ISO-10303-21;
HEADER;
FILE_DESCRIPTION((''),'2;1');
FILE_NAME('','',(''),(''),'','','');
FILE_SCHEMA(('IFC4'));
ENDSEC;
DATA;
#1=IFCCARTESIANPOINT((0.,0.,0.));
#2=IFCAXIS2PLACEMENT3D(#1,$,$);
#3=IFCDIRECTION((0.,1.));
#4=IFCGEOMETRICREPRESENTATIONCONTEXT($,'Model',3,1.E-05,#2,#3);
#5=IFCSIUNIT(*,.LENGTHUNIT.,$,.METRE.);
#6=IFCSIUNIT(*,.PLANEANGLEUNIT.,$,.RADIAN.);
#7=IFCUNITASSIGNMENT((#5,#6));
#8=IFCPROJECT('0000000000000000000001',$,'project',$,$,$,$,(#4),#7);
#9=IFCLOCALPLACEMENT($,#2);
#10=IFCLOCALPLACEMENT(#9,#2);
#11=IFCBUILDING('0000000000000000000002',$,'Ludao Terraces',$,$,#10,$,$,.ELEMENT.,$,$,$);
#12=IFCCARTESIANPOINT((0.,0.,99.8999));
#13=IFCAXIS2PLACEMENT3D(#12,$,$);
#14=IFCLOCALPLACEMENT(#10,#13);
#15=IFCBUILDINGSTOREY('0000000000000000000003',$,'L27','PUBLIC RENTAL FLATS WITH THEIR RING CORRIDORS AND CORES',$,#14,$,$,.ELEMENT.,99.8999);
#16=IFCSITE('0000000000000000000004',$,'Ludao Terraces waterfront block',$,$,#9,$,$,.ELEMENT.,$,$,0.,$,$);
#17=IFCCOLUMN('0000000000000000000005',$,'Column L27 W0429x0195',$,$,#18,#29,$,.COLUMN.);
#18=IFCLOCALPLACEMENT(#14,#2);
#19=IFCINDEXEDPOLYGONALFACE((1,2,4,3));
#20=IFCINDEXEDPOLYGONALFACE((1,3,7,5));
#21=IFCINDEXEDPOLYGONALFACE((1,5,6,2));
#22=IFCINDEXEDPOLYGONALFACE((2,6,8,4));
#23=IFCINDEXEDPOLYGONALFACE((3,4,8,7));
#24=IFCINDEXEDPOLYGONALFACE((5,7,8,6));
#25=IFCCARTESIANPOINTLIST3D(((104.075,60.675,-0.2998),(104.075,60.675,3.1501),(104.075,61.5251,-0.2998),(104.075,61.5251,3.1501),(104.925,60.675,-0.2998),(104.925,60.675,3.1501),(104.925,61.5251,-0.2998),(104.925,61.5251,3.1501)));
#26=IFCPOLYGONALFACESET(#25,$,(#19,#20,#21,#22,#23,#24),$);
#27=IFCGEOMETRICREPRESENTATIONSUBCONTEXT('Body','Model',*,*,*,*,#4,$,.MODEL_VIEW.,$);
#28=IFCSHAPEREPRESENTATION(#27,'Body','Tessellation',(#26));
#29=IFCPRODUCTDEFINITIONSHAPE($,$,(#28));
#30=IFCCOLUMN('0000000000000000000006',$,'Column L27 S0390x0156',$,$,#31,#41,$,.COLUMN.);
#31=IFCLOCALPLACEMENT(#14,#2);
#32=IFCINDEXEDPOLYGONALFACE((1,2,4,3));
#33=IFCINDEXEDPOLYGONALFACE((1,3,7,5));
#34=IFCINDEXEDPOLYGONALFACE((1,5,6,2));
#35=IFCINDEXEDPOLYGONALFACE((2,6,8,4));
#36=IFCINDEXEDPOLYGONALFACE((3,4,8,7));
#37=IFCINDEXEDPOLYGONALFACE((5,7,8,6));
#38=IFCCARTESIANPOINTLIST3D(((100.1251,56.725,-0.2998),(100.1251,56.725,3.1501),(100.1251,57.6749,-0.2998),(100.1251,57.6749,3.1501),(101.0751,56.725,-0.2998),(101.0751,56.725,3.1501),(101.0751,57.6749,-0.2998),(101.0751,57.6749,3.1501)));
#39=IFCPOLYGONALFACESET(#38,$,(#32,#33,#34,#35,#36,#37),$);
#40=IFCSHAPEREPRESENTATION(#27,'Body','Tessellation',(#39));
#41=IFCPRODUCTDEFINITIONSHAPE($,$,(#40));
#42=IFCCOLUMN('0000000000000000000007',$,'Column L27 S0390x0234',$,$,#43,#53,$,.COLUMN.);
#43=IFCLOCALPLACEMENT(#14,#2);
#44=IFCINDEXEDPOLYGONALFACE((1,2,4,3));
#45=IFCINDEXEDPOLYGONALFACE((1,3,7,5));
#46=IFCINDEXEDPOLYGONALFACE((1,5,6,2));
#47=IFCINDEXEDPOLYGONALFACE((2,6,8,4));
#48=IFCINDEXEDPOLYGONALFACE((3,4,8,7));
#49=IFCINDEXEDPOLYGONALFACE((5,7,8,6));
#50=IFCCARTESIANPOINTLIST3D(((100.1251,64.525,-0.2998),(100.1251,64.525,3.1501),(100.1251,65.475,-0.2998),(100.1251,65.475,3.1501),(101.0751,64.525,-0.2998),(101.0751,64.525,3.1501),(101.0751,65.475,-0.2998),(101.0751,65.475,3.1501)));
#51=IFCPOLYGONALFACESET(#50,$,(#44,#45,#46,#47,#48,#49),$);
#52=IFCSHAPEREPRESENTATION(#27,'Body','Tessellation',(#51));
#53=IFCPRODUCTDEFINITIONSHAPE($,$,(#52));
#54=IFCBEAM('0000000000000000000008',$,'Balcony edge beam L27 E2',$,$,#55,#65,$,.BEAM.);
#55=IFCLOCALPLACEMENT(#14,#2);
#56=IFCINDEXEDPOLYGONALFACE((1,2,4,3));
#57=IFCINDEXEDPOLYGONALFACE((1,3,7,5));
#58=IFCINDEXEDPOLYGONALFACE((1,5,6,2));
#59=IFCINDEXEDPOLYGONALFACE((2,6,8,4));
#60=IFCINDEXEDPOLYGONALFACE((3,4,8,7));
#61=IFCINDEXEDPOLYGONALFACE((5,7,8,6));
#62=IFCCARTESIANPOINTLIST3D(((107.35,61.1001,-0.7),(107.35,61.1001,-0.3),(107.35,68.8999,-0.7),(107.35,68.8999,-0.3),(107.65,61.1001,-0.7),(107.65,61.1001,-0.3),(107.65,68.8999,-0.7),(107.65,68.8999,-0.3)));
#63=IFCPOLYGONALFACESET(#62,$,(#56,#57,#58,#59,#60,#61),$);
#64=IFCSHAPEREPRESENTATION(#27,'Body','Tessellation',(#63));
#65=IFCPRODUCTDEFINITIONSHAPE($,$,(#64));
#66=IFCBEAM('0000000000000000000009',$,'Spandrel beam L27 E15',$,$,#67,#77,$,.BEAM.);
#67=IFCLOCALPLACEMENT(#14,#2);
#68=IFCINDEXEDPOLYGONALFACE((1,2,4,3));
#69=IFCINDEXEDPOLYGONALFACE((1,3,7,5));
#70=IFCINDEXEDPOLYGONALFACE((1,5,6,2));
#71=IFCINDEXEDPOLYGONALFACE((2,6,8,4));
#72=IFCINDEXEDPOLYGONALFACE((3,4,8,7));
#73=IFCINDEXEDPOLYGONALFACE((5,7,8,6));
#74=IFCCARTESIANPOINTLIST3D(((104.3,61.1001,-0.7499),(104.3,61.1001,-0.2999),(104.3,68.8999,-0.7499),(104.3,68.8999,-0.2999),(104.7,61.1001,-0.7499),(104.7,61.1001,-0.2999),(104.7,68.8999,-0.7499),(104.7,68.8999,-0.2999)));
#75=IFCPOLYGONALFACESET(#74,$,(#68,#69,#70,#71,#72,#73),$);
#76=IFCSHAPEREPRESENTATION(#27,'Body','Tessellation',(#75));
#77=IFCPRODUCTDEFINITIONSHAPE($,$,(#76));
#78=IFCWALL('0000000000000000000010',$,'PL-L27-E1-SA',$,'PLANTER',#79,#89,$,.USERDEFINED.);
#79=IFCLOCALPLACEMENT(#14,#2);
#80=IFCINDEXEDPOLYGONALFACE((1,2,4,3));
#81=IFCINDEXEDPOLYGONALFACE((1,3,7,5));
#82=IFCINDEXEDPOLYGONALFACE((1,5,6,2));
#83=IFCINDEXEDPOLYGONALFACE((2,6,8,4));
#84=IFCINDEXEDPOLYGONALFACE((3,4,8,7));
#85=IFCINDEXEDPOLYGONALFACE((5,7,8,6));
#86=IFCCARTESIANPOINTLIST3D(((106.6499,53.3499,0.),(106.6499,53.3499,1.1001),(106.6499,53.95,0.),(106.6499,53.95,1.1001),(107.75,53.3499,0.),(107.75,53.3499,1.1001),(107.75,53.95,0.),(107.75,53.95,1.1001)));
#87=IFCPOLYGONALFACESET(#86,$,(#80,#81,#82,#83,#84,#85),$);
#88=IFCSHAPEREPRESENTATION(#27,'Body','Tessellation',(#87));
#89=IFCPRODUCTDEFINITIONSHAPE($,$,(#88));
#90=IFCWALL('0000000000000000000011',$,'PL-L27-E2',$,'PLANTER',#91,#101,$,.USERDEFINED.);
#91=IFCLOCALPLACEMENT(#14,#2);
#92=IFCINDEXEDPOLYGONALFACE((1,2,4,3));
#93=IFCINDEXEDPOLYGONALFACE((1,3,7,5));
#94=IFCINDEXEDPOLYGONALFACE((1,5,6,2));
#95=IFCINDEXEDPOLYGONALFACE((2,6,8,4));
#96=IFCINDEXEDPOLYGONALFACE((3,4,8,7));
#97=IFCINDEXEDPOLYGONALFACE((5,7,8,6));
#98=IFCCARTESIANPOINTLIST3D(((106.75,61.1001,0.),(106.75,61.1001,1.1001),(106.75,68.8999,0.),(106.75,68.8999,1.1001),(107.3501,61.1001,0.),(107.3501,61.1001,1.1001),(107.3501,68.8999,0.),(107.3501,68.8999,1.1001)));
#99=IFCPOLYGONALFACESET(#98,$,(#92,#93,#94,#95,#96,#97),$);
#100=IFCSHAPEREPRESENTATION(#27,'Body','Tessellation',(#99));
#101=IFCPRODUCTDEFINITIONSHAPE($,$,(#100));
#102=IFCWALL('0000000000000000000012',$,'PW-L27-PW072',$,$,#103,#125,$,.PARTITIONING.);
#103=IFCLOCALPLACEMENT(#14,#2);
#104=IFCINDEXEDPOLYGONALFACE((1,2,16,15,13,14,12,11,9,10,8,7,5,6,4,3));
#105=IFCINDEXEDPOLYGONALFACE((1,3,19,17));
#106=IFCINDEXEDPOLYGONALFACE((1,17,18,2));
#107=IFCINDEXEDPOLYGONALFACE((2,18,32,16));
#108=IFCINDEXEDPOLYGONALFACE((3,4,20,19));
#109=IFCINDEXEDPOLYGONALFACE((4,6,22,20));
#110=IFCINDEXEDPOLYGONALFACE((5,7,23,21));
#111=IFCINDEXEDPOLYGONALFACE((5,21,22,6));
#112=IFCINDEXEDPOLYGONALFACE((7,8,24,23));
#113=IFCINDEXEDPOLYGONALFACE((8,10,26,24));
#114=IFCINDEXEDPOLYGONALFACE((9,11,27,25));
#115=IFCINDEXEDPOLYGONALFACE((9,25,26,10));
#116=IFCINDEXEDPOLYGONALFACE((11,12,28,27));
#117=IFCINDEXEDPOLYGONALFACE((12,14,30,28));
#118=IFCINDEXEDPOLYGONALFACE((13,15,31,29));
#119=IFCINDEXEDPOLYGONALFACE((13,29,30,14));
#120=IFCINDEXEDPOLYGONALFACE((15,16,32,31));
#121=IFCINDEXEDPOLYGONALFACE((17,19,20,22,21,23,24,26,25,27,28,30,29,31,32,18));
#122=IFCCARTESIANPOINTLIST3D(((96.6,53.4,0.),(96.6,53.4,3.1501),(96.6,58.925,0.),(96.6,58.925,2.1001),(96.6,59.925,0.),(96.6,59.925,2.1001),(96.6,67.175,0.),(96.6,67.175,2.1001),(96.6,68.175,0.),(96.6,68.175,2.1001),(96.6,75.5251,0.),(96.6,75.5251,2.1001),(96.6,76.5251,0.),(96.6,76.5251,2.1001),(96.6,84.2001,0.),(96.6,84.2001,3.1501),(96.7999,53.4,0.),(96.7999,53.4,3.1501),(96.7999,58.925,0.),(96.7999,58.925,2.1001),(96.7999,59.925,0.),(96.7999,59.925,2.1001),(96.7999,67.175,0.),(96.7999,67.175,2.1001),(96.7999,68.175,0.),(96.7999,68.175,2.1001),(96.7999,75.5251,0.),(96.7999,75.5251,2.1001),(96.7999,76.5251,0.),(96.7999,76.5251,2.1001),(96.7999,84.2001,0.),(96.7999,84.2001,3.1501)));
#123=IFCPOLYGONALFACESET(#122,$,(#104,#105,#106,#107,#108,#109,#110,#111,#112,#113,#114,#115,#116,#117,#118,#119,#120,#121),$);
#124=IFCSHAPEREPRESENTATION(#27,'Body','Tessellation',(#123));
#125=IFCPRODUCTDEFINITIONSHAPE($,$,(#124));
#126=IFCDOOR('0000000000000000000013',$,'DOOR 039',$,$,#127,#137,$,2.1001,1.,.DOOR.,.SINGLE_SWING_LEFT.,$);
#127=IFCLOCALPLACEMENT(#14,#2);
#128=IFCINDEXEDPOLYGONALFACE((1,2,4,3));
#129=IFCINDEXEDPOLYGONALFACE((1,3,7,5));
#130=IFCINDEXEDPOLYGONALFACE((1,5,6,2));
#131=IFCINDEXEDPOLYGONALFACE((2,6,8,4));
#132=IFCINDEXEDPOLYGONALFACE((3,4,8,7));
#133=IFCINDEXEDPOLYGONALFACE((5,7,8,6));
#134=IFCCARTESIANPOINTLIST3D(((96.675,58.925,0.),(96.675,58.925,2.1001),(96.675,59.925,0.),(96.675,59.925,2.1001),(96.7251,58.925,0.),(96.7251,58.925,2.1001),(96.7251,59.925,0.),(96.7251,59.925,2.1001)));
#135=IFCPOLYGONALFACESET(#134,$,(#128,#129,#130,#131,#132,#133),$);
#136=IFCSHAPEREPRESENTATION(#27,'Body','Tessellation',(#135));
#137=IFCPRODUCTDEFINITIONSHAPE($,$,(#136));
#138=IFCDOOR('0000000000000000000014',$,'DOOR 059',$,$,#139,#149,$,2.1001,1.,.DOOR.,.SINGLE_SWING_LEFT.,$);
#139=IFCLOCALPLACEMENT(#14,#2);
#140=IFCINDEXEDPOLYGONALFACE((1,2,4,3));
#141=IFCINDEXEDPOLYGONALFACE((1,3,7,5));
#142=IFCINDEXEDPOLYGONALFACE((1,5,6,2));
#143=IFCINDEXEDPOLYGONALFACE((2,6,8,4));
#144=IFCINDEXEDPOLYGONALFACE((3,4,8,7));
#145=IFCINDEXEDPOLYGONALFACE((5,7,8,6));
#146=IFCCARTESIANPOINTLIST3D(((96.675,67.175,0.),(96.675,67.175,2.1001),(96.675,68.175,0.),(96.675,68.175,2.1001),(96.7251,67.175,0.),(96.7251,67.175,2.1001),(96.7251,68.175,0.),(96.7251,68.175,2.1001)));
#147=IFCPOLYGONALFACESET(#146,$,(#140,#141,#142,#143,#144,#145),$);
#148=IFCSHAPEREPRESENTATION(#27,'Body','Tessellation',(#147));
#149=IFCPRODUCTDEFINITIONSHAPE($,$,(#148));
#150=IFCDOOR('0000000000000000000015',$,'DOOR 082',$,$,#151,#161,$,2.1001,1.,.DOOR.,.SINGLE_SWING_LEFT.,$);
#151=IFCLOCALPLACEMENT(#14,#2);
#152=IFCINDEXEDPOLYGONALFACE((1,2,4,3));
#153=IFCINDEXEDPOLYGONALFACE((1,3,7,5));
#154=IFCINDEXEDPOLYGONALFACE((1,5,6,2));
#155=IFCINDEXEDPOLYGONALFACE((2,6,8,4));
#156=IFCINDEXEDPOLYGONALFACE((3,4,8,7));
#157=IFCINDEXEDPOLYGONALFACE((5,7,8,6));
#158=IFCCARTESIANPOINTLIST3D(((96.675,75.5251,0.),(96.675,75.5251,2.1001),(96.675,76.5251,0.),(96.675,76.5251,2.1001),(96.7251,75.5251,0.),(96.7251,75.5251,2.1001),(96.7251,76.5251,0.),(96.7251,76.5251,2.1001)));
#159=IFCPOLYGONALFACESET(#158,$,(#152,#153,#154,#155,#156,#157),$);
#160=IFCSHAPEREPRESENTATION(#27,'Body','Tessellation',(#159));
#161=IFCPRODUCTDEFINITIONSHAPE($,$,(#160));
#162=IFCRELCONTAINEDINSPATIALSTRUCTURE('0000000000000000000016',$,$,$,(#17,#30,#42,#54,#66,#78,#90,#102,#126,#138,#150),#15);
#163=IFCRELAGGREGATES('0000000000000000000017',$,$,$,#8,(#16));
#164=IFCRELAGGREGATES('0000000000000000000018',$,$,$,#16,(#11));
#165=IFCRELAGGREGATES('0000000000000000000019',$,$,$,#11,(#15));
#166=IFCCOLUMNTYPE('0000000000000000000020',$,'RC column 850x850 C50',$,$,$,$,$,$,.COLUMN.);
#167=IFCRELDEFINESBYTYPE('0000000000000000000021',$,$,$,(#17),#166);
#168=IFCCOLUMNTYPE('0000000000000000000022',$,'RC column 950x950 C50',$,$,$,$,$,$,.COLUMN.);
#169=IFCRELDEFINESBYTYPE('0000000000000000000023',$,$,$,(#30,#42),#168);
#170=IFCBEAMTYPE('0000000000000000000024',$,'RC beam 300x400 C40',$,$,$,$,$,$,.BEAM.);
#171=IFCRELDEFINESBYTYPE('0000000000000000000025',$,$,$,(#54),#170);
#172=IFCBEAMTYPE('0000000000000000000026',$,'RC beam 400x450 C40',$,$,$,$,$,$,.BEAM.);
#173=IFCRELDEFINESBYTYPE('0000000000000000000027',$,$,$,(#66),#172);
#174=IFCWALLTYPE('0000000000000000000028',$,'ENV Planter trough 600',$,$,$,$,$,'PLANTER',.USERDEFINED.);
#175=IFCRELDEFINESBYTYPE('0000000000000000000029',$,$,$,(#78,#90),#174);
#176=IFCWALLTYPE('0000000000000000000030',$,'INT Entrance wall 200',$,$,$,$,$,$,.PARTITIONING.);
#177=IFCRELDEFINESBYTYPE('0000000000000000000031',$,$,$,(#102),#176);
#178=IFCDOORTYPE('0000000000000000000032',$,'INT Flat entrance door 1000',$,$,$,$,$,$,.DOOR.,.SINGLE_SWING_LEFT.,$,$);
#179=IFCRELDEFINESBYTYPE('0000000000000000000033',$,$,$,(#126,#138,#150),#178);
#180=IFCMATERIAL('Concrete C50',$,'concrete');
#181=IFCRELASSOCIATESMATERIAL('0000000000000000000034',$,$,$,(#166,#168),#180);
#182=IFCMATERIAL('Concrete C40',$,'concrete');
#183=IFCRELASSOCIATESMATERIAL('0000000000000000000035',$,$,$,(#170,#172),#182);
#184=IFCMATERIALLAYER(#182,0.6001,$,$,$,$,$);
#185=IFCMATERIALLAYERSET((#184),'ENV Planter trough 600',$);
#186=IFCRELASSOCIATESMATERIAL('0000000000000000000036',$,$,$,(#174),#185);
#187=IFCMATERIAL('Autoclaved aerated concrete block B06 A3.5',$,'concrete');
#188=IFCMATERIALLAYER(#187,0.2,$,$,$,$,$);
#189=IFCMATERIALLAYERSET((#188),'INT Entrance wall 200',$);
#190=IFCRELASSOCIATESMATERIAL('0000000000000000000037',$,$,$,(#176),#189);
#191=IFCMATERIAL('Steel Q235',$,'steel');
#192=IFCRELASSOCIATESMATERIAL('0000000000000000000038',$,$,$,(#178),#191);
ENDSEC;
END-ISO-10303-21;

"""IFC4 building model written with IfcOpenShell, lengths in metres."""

from ifc_helpers import new_model, si_unit, direction, frame, frame_2d, origin, origin_2d, place, context, subcontext, project, spatial, rectangle, extrude, material, layer, layer_set, material_profile, profile_set, type_object, element, fill, save


model = new_model("IFC4")

# Units and contexts
model_context = context("Model", 3, precision=1e-05, world=origin(), true_north=direction((0.0, 1.0)))
body_context = subcontext(model_context, "Body", "Model", "MODEL_VIEW")
ifc_project = project(units=[si_unit("LENGTHUNIT", "METRE"), si_unit("PLANEANGLEUNIT", "RADIAN")], contexts=[model_context])

# Site, building, storey
site_placement = place(None, origin())
site = spatial("IfcSite", under=ifc_project, at=site_placement, Name="Ludao Terraces waterfront block", CompositionType="ELEMENT", RefElevation=0.0)
building_placement = place(site_placement, origin())
building = spatial("IfcBuilding", under=site, at=building_placement, Name="Ludao Terraces", CompositionType="ELEMENT")
storey_placement = place(building_placement, frame((0.0, 0.0, 99.8999)))
storey = spatial("IfcBuildingStorey", under=building, at=storey_placement, Name="L27", Description="PUBLIC RENTAL FLATS WITH THEIR RING CORRIDORS AND CORES", CompositionType="ELEMENT", Elevation=99.8999)

# Columns
ifc_material_1 = material(Name="Concrete C50", Category="concrete")
ifc_material_profile_1 = material_profile(ifc_material_1, rectangle(XDim=0.8501, YDim=0.8501, at=origin_2d()), Name="850 X 850")
ifc_profile_set_1 = profile_set([ifc_material_profile_1], Name="Concrete C50")
column_type_1 = type_object("IfcColumnType", Name="RC column 850x850 C50", PredefinedType="COLUMN", material=ifc_profile_set_1)
column_placement = place(storey_placement, frame((104.5, 61.1001, -0.2998), z_axis=(0.0, 0.0, 1.0), x_axis=(1.0, 0.0, 0.0)))
element("IfcColumn", 1, at=column_placement, inside=storey, type_object=column_type_1, Name="Column L27 W0429x0195", PredefinedType="COLUMN", context=body_context, shape_type="SweptSolid", body=[
    extrude(rectangle(XDim=0.8501, YDim=0.8501, at=origin_2d()), origin(), (0.0, 0.0, 1.0), 3.45),
])
ifc_material_profile_2 = material_profile(ifc_material_1, rectangle(XDim=0.95, YDim=0.95, at=origin_2d()), Name="950 X 950")
ifc_profile_set_2 = profile_set([ifc_material_profile_2], Name="Concrete C50")
column_type_2 = type_object("IfcColumnType", Name="RC column 950x950 C50", PredefinedType="COLUMN", material=ifc_profile_set_2)
for number, where, z_axis, x_axis, name in (
    (2, (100.6001, 57.2, -0.2998), (0.0, 0.0, 1.0), (1.0, 0.0, 0.0), "Column L27 S0390x0156"),
    (3, (100.6001, 65.0, -0.2998), (0.0, 0.0, 1.0), (1.0, 0.0, 0.0), "Column L27 S0390x0234"),
):
    element("IfcColumn", number, at=place(storey_placement, frame(where, z_axis=z_axis, x_axis=x_axis)), inside=storey, type_object=column_type_2, Name=name, PredefinedType="COLUMN", context=body_context, shape_type="SweptSolid", body=[
        extrude(rectangle(XDim=0.95, YDim=0.95, at=origin_2d()), origin(), (0.0, 0.0, 1.0), 3.45),
    ])

# Beams
ifc_material_2 = material(Name="Concrete C40", Category="concrete")
ifc_material_profile_3 = material_profile(ifc_material_2, rectangle(XDim=0.3, YDim=0.3999, at=origin_2d()), Name="300 X 400")
ifc_profile_set_3 = profile_set([ifc_material_profile_3], Name="Concrete C40")
beam_type_1 = type_object("IfcBeamType", Name="RC beam 300x400 C40", PredefinedType="BEAM", material=ifc_profile_set_3)
beam_1_placement = place(storey_placement, frame((107.5, 61.1001, -0.5), z_axis=(0.0, 1.0, 0.0), x_axis=(-1.0, 0.0, 0.0)))
element("IfcBeam", 4, at=beam_1_placement, inside=storey, type_object=beam_type_1, Name="Balcony edge beam L27 E2", PredefinedType="BEAM", context=body_context, shape_type="SweptSolid", body=[
    extrude(rectangle(XDim=0.3, YDim=0.3999, at=origin_2d()), origin(), (0.0, 0.0, 1.0), 7.7998),
])
ifc_material_profile_4 = material_profile(ifc_material_2, rectangle(XDim=0.3999, YDim=0.45, at=origin_2d()), Name="400 X 450")
ifc_profile_set_4 = profile_set([ifc_material_profile_4], Name="Concrete C40")
beam_type_2 = type_object("IfcBeamType", Name="RC beam 400x450 C40", PredefinedType="BEAM", material=ifc_profile_set_4)
beam_2_placement = place(storey_placement, frame((104.5, 61.1001, -0.5249), z_axis=(0.0, 1.0, 0.0), x_axis=(-1.0, 0.0, 0.0)))
element("IfcBeam", 5, at=beam_2_placement, inside=storey, type_object=beam_type_2, Name="Spandrel beam L27 E15", PredefinedType="BEAM", context=body_context, shape_type="SweptSolid", body=[
    extrude(rectangle(XDim=0.3999, YDim=0.45, at=origin_2d()), origin(), (0.0, 0.0, 1.0), 7.7998),
])

# Walls
ifc_layer_1 = layer(ifc_material_2, 0.6001)
ifc_layer_set_1 = layer_set([ifc_layer_1], Name="ENV Planter trough 600")
wall_type_1 = type_object("IfcWallType", Name="ENV Planter trough 600", ElementType="PLANTER", PredefinedType="USERDEFINED", material=ifc_layer_set_1)
wall_1_placement = place(storey_placement, frame((107.75, 53.6499, 0.0), z_axis=(0.0, 0.0, 1.0), x_axis=(-1.0, 0.0, 0.0)))
element("IfcWall", 6, at=wall_1_placement, inside=storey, type_object=wall_type_1, Name="PL-L27-E1-SA", ObjectType="PLANTER", PredefinedType="USERDEFINED", context=body_context, shape_type="SweptSolid", body=[
    extrude(rectangle(XDim=1.1001, YDim=0.6001, at=frame_2d((0.55, 0.0))), origin(), (0.0, 0.0, 1.0), 1.1001),
])
wall_2_placement = place(storey_placement, frame((107.05, 61.1001, 0.0), z_axis=(0.0, 0.0, 1.0), x_axis=(0.0, 1.0, 0.0)))
element("IfcWall", 7, at=wall_2_placement, inside=storey, type_object=wall_type_1, Name="PL-L27-E2", ObjectType="PLANTER", PredefinedType="USERDEFINED", context=body_context, shape_type="SweptSolid", body=[
    extrude(rectangle(XDim=7.7998, YDim=0.6001, at=frame_2d((3.8999, 0.0))), origin(), (0.0, 0.0, 1.0), 1.1001),
])

# Wall, openings, doors
ifc_material_3 = material(Name="Autoclaved aerated concrete block B06 A3.5", Category="concrete")
ifc_layer_2 = layer(ifc_material_3, 0.2)
ifc_layer_set_2 = layer_set([ifc_layer_2], Name="INT Entrance wall 200")
wall_type_2 = type_object("IfcWallType", Name="INT Entrance wall 200", PredefinedType="PARTITIONING", material=ifc_layer_set_2)
wall_3_placement = place(storey_placement, frame((96.7, 53.4001, 0.0), z_axis=(0.0, 0.0, 1.0), x_axis=(0.0, 1.0, 0.0)))
wall_3 = element("IfcWall", 8, at=wall_3_placement, inside=storey, type_object=wall_type_2, Name="PW-L27-PW072", PredefinedType="PARTITIONING", context=body_context, shape_type="SweptSolid", body=[
    extrude(rectangle(XDim=30.8, YDim=0.2, at=frame_2d((15.3999, 0.0))), origin(), (0.0, 0.0, 1.0), 3.1501),
])
opening_1_placement = place(wall_3_placement, frame((5.5249, 0.0, 0.0)))
opening_1 = element("IfcOpeningElement", 9, at=opening_1_placement, cuts=wall_3, PredefinedType="OPENING", context=body_context, shape_type="SweptSolid", body=[
    extrude(rectangle(XDim=1.0, YDim=2.1001, at=frame_2d((0.5, 1.05))), frame((0.0, 0.1099, 0.0), z_axis=(0.0, -1.0, 0.0), x_axis=(1.0, 0.0, 0.0)), (0.0, 0.0, 1.0), 0.22),
])
opening_2_placement = place(wall_3_placement, frame((13.7749, 0.0, 0.0)))
opening_2 = element("IfcOpeningElement", 10, at=opening_2_placement, cuts=wall_3, PredefinedType="OPENING", context=body_context, shape_type="SweptSolid", body=[
    extrude(rectangle(XDim=1.0, YDim=2.1001, at=frame_2d((0.5, 1.05))), frame((0.0, 0.1099, 0.0), z_axis=(0.0, -1.0, 0.0), x_axis=(1.0, 0.0, 0.0)), (0.0, 0.0, 1.0), 0.22),
])
opening_3_placement = place(wall_3_placement, frame((22.125, 0.0, 0.0)))
opening_3 = element("IfcOpeningElement", 11, at=opening_3_placement, cuts=wall_3, PredefinedType="OPENING", context=body_context, shape_type="SweptSolid", body=[
    extrude(rectangle(XDim=1.0, YDim=2.1001, at=frame_2d((0.5, 1.05))), frame((0.0, 0.1099, 0.0), z_axis=(0.0, -1.0, 0.0), x_axis=(1.0, 0.0, 0.0)), (0.0, 0.0, 1.0), 0.22),
])
ifc_material_4 = material(Name="Steel Q235", Category="steel")
door_type_1 = type_object("IfcDoorType", Name="INT Flat entrance door 1000", OperationType="SINGLE_SWING_LEFT", PredefinedType="DOOR", material=ifc_material_4)
door_1_placement = place(opening_1_placement, origin())
door_1 = element("IfcDoor", 12, at=door_1_placement, inside=storey, type_object=door_type_1, Name="DOOR 039", OperationType="SINGLE_SWING_LEFT", OverallHeight=2.1001, OverallWidth=1.0, PredefinedType="DOOR", context=body_context, shape_type="SweptSolid", body=[
    extrude(rectangle(XDim=1.0, YDim=2.1001, at=frame_2d((0.5, 1.05))), frame((0.0, 0.0249, 0.0), z_axis=(0.0, -1.0, 0.0), x_axis=(1.0, 0.0, 0.0)), (0.0, 0.0, 1.0), 0.05),
])
fill(opening_1, door_1)
door_2_placement = place(opening_2_placement, origin())
door_2 = element("IfcDoor", 13, at=door_2_placement, inside=storey, type_object=door_type_1, Name="DOOR 059", OperationType="SINGLE_SWING_LEFT", OverallHeight=2.1001, OverallWidth=1.0, PredefinedType="DOOR", context=body_context, shape_type="SweptSolid", body=[
    extrude(rectangle(XDim=1.0, YDim=2.1001, at=frame_2d((0.5, 1.05))), frame((0.0, 0.0249, 0.0), z_axis=(0.0, -1.0, 0.0), x_axis=(1.0, 0.0, 0.0)), (0.0, 0.0, 1.0), 0.05),
])
fill(opening_2, door_2)
door_3_placement = place(opening_3_placement, origin())
door_3 = element("IfcDoor", 14, at=door_3_placement, inside=storey, type_object=door_type_1, Name="DOOR 082", OperationType="SINGLE_SWING_LEFT", OverallHeight=2.1001, OverallWidth=1.0, PredefinedType="DOOR", context=body_context, shape_type="SweptSolid", body=[
    extrude(rectangle(XDim=1.0, YDim=2.1001, at=frame_2d((0.5, 1.05))), frame((0.0, 0.0249, 0.0), z_axis=(0.0, -1.0, 0.0), x_axis=(1.0, 0.0, 0.0)), (0.0, 0.0, 1.0), 0.05),
])
fill(opening_3, door_3)

save(model, "model.ifc")
